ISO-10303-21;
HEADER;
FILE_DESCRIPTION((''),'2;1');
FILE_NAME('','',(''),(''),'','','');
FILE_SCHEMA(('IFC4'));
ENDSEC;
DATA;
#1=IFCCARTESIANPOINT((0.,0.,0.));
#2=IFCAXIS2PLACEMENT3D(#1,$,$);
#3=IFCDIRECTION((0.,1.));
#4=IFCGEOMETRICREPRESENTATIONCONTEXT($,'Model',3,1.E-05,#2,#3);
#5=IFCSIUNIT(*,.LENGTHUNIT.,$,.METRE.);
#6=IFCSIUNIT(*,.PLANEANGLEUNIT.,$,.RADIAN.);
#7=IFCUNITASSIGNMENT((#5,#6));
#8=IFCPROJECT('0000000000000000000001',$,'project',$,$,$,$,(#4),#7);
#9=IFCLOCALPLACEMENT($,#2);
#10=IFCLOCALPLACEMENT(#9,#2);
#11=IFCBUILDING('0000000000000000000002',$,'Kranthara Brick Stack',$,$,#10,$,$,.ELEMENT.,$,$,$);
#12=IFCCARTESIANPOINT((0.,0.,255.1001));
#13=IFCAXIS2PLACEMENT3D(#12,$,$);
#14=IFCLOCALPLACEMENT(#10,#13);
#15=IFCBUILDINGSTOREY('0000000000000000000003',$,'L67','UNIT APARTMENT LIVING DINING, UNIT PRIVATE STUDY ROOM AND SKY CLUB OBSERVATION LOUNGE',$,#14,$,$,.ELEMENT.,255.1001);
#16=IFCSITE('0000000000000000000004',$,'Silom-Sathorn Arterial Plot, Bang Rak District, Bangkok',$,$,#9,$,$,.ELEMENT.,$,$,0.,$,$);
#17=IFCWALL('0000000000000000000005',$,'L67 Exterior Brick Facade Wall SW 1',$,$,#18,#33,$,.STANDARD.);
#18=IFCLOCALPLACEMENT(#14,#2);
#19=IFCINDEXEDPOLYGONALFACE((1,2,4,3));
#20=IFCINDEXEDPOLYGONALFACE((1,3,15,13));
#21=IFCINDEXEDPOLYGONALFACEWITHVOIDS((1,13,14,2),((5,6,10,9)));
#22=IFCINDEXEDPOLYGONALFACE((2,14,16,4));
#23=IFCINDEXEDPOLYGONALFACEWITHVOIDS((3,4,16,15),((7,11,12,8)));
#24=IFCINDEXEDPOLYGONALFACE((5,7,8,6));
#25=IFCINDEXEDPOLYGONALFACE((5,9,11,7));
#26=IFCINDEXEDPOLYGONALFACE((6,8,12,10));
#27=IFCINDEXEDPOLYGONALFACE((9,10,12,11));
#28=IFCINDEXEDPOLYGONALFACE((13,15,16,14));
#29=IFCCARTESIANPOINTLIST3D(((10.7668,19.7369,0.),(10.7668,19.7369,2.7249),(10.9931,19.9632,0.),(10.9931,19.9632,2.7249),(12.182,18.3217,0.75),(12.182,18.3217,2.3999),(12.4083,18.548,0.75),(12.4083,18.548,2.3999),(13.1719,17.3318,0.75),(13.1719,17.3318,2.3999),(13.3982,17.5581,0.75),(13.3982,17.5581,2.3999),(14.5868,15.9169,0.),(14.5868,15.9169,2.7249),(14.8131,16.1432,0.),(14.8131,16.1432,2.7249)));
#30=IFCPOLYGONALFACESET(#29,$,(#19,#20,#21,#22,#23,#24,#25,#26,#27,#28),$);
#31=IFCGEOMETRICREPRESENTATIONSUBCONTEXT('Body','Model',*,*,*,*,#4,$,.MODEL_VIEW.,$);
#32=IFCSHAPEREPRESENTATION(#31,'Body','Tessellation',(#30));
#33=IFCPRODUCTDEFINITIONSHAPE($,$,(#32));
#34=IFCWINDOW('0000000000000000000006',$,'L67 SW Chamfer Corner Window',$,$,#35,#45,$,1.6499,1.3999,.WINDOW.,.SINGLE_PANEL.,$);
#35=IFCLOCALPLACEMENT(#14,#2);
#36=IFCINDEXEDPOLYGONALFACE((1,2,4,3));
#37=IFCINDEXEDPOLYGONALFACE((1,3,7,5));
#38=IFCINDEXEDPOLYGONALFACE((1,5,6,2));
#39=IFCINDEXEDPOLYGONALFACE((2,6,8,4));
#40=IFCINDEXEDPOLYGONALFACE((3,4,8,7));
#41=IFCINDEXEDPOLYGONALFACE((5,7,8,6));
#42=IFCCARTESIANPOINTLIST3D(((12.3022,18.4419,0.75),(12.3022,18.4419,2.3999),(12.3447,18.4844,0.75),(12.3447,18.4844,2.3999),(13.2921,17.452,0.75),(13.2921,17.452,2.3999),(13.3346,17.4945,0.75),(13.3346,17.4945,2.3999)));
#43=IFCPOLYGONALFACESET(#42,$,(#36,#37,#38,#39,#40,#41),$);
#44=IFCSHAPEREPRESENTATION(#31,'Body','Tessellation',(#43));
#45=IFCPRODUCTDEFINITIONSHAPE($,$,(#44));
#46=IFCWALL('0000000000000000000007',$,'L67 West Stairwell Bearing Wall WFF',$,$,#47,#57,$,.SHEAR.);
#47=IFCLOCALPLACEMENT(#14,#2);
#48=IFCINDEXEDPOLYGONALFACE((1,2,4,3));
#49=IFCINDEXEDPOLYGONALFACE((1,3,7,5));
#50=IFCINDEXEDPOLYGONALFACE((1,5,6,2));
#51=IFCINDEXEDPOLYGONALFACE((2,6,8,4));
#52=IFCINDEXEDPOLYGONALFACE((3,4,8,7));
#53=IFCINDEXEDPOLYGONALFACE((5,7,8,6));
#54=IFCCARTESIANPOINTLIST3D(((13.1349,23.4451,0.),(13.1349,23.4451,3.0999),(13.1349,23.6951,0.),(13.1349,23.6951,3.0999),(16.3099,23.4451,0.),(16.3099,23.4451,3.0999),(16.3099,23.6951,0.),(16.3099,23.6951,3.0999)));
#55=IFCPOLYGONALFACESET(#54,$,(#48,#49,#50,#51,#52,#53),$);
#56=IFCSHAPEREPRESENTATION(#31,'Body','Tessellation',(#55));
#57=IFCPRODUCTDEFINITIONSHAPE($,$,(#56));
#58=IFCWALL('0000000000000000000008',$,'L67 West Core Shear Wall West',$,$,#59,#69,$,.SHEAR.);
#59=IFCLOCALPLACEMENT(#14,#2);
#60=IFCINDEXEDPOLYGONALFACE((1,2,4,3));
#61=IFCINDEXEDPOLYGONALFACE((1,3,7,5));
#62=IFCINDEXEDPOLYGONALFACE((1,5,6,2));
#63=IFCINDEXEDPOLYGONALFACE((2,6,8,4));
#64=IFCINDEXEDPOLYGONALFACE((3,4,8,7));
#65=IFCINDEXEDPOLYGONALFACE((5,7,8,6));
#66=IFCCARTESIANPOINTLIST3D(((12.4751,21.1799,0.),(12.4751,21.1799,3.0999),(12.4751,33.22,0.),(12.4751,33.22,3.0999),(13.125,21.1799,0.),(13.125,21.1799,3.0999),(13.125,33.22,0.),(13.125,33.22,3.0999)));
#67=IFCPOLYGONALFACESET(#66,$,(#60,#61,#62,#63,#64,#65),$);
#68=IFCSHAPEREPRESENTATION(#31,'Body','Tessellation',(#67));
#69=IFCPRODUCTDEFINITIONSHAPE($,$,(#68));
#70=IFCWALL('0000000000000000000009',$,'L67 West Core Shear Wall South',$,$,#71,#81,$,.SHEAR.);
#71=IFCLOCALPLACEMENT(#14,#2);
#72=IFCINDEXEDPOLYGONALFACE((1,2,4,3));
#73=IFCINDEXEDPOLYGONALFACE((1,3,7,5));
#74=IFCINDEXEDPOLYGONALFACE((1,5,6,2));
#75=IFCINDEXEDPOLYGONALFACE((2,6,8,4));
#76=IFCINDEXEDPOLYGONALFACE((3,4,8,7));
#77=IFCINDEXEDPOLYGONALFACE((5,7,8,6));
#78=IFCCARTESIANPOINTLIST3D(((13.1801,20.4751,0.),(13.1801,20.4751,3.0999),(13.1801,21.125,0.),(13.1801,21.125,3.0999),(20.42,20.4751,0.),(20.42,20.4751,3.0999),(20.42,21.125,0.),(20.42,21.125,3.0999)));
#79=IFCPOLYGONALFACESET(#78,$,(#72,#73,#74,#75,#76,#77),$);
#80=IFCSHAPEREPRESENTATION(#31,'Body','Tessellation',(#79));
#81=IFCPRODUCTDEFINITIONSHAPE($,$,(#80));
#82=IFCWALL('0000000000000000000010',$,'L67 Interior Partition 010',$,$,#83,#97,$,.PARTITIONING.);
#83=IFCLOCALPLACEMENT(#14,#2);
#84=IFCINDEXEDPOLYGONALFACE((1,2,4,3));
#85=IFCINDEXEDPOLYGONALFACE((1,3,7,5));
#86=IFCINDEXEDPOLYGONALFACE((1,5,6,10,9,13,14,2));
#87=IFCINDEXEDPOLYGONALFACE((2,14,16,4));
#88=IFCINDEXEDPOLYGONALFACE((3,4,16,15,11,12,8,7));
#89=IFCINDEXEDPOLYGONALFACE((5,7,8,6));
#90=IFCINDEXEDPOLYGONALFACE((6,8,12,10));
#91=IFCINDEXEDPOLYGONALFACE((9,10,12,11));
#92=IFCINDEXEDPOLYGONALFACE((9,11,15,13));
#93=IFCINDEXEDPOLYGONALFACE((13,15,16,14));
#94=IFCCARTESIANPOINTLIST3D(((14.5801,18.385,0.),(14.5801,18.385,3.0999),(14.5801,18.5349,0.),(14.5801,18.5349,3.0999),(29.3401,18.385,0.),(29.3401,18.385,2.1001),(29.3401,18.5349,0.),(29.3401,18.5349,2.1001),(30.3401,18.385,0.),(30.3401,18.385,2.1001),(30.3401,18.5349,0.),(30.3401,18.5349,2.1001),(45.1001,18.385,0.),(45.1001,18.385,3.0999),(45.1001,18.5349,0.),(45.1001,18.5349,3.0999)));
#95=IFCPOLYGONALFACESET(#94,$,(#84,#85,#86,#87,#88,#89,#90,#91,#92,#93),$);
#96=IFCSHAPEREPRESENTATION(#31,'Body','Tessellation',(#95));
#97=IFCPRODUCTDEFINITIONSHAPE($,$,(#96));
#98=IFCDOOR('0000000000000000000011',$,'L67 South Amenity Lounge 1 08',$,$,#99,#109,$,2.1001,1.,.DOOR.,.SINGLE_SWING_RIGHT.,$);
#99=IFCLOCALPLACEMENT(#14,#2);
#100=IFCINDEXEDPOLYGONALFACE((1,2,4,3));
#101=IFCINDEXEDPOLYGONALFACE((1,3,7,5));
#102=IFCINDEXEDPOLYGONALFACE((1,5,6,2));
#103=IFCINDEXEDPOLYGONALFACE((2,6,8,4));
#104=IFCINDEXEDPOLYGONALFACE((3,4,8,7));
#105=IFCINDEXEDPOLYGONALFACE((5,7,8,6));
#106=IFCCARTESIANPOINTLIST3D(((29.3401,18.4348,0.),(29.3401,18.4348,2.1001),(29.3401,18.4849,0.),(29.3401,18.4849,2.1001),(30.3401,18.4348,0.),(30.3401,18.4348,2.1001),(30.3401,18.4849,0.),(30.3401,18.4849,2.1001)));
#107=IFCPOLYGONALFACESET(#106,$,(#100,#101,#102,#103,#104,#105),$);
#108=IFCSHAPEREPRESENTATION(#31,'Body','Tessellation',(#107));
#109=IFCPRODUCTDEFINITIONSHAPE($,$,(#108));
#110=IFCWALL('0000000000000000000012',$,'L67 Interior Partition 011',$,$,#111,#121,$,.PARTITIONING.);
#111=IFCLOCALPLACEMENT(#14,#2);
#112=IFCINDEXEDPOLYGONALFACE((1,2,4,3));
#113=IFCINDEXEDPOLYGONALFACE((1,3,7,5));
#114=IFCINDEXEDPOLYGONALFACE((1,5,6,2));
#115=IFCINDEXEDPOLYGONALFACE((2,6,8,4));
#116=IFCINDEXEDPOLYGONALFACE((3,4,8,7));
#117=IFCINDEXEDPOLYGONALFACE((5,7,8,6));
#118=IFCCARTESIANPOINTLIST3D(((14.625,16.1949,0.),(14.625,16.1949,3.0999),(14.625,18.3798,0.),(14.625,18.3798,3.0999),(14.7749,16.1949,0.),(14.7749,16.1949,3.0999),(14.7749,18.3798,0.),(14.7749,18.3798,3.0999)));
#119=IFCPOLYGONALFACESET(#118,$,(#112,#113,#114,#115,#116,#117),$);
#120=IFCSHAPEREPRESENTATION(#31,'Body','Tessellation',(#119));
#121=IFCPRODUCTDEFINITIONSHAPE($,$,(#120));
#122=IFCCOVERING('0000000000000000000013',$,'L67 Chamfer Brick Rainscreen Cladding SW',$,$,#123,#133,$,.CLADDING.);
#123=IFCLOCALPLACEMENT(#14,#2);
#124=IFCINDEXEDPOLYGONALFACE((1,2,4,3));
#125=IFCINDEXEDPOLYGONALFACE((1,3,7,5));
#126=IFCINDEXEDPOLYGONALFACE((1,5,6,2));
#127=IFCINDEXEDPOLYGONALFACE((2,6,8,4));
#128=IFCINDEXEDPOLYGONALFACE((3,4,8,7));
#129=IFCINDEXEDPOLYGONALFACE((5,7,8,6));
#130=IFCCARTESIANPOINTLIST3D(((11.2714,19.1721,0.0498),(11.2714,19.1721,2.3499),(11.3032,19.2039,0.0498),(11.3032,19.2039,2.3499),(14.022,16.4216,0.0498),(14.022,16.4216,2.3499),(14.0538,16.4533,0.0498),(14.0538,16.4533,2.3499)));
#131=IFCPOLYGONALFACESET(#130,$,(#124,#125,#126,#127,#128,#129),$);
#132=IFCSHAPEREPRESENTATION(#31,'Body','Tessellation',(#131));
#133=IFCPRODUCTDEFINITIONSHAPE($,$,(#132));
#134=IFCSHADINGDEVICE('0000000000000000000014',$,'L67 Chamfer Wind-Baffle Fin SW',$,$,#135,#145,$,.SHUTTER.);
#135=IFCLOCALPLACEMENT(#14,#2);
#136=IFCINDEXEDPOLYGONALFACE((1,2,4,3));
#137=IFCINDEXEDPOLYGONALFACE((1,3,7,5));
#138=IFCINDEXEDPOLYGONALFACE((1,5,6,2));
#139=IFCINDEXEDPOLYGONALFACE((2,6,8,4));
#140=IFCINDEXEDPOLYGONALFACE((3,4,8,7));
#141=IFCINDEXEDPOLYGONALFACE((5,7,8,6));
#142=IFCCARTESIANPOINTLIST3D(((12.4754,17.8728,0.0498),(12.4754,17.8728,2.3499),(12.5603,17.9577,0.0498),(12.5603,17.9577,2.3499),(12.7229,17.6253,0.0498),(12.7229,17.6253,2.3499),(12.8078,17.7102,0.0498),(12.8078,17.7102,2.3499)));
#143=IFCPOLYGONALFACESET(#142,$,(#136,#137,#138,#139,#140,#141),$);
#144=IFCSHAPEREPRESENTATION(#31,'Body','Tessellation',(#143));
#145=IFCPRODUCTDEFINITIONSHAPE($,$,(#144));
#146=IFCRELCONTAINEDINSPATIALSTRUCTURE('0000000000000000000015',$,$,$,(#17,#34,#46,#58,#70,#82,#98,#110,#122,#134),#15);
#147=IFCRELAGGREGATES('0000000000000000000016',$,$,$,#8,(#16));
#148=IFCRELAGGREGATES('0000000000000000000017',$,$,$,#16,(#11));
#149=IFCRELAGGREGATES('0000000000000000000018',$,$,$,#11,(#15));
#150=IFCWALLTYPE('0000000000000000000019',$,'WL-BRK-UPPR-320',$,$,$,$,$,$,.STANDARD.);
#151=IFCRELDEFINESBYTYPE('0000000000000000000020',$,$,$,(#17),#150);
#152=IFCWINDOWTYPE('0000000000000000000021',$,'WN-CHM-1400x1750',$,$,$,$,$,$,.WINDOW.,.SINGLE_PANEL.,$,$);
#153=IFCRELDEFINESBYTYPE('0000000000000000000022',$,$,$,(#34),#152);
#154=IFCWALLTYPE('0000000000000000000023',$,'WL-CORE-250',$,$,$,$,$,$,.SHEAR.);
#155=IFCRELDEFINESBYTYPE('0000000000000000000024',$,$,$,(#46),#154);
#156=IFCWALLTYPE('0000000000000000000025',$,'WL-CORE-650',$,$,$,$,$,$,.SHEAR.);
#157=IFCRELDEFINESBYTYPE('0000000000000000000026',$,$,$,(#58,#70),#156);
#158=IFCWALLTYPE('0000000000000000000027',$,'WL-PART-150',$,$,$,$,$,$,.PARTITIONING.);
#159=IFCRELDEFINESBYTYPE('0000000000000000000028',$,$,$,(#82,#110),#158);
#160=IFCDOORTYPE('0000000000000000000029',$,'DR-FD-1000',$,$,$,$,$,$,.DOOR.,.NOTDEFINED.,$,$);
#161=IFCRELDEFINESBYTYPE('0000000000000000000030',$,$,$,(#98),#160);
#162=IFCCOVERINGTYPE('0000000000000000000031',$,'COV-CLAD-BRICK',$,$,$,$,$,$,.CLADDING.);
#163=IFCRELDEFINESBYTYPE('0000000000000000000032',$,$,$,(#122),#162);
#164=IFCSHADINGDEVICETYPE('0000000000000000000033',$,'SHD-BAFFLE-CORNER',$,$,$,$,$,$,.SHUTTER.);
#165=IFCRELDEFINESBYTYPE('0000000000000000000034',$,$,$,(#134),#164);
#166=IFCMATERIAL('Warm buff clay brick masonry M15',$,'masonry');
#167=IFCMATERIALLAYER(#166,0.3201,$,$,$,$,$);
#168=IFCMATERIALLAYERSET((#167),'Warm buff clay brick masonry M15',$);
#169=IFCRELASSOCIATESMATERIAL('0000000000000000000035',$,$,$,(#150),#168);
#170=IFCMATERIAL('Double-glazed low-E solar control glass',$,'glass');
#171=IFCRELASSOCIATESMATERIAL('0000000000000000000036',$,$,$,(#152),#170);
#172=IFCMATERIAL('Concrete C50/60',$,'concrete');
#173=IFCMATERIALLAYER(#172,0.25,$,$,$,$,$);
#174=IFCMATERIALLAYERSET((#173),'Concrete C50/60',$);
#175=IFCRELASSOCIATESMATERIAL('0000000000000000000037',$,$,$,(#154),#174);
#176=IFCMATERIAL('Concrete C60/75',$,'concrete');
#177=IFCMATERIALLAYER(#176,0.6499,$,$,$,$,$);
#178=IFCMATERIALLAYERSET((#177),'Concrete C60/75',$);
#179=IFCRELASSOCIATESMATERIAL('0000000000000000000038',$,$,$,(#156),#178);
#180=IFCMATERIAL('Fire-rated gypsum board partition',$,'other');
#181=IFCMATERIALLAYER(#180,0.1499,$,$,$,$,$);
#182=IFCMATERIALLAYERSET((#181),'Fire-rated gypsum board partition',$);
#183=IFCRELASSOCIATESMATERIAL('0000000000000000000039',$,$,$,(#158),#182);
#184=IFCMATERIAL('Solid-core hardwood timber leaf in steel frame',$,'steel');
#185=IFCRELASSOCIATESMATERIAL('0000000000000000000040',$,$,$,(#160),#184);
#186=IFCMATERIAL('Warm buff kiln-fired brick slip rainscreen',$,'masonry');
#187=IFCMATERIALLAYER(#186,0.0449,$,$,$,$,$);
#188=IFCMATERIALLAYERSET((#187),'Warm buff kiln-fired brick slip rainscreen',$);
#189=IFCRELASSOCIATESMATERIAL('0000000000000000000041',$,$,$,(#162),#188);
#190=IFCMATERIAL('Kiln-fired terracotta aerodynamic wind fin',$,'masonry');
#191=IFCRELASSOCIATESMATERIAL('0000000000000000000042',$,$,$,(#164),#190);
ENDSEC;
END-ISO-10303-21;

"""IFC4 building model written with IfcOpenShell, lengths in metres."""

from ifc_helpers import new_model, si_unit, direction, frame, frame_2d, origin, origin_2d, place, context, subcontext, project, spatial, rectangle, extrude, material, layer, layer_set, type_object, element, fill, save


model = new_model("IFC4")

# Units and contexts
model_context = context("Model", 3, precision=1e-05, world=origin(), true_north=direction((0.0, 1.0)))
body_context = subcontext(model_context, "Body", "Model", "MODEL_VIEW")
ifc_project = project(units=[si_unit("LENGTHUNIT", "METRE"), si_unit("PLANEANGLEUNIT", "RADIAN")], contexts=[model_context])

# Site, building, storey
site_placement = place(None, origin())
site = spatial("IfcSite", under=ifc_project, at=site_placement, Name="Silom-Sathorn Arterial Plot, Bang Rak District, Bangkok", CompositionType="ELEMENT", RefElevation=0.0)
building_placement = place(site_placement, origin())
building = spatial("IfcBuilding", under=site, at=building_placement, Name="Kranthara Brick Stack", CompositionType="ELEMENT")
storey_placement = place(building_placement, frame((0.0, 0.0, 255.1001)))
storey = spatial("IfcBuildingStorey", under=building, at=storey_placement, Name="L67", Description="UNIT APARTMENT LIVING DINING, UNIT PRIVATE STUDY ROOM AND SKY CLUB OBSERVATION LOUNGE", CompositionType="ELEMENT", Elevation=255.1001)

# Wall, opening, window
ifc_material_1 = material(Name="Warm buff clay brick masonry M15", Category="masonry")
ifc_layer_1 = layer(ifc_material_1, 0.3201)
ifc_layer_set_1 = layer_set([ifc_layer_1], Name="Warm buff clay brick masonry M15")
wall_type_1 = type_object("IfcWallType", Name="WL-BRK-UPPR-320", PredefinedType="STANDARD", material=ifc_layer_set_1)
wall_1_placement = place(storey_placement, frame((14.7, 16.03, 0.0), z_axis=(0.0, 0.0, 1.0), x_axis=(-0.707107, 0.707107, 0.0)))
wall_1 = element("IfcWall", 1, at=wall_1_placement, inside=storey, type_object=wall_type_1, Name="L67 Exterior Brick Facade Wall SW 1", PredefinedType="STANDARD", context=body_context, shape_type="SweptSolid", body=[
    extrude(rectangle(XDim=5.4023, YDim=0.3201, at=frame_2d((2.7012, 0.0))), origin(), (0.0, 0.0, 1.0), 2.7249),
])
opening_1_placement = place(wall_1_placement, frame((2.001, 0.0, 0.75)))
opening_1 = element("IfcOpeningElement", 2, at=opening_1_placement, cuts=wall_1, PredefinedType="OPENING", context=body_context, shape_type="SweptSolid", body=[
    extrude(rectangle(XDim=1.3999, YDim=1.6499, at=frame_2d((0.7, 0.825))), frame((0.0, 0.1699, 0.0), z_axis=(0.0, -1.0, 0.0), x_axis=(1.0, 0.0, 0.0)), (0.0, 0.0, 1.0), 0.3401),
])
ifc_material_2 = material(Name="Double-glazed low-E solar control glass", Category="glass")
window_type = type_object("IfcWindowType", Name="WN-CHM-1400x1750", PartitioningType="SINGLE_PANEL", PredefinedType="WINDOW", material=ifc_material_2)
window_placement = place(opening_1_placement, origin())
window = element("IfcWindow", 3, at=window_placement, inside=storey, type_object=window_type, Name="L67 SW Chamfer Corner Window", OverallHeight=1.6499, OverallWidth=1.3999, PartitioningType="SINGLE_PANEL", PredefinedType="WINDOW", context=body_context, shape_type="SweptSolid", body=[
    extrude(rectangle(XDim=1.3999, YDim=1.6499, at=frame_2d((0.7, 0.825))), frame((0.0, -0.01, 0.0), z_axis=(0.0, -1.0, 0.0), x_axis=(1.0, 0.0, 0.0)), (0.0, 0.0, 1.0), 0.0601),
])
fill(opening_1, window)

# Shared definitions
ifc_material_3 = material(Name="Concrete C50/60", Category="concrete")
ifc_layer_2 = layer(ifc_material_3, 0.25)
ifc_layer_set_2 = layer_set([ifc_layer_2], Name="Concrete C50/60")
wall_type_2 = type_object("IfcWallType", Name="WL-CORE-250", PredefinedType="SHEAR", material=ifc_layer_set_2)

# Walls
wall_2_placement = place(storey_placement, frame((13.135, 23.5701, 0.0), z_axis=(0.0, 0.0, 1.0), x_axis=(1.0, 0.0, 0.0)))
element("IfcWall", 4, at=wall_2_placement, inside=storey, type_object=wall_type_2, Name="L67 West Stairwell Bearing Wall WFF", PredefinedType="SHEAR", context=body_context, shape_type="SweptSolid", body=[
    extrude(rectangle(XDim=3.175, YDim=0.25, at=frame_2d((1.5874, 0.0))), origin(), (0.0, 0.0, 1.0), 3.0999),
])
ifc_material_4 = material(Name="Concrete C60/75", Category="concrete")
ifc_layer_3 = layer(ifc_material_4, 0.6499)
ifc_layer_set_3 = layer_set([ifc_layer_3], Name="Concrete C60/75")
wall_type_3 = type_object("IfcWallType", Name="WL-CORE-650", PredefinedType="SHEAR", material=ifc_layer_set_3)
wall_3_placement = place(storey_placement, frame((12.8, 21.1799, 0.0), z_axis=(0.0, 0.0, 1.0), x_axis=(0.0, 1.0, 0.0)))
element("IfcWall", 5, at=wall_3_placement, inside=storey, type_object=wall_type_3, Name="L67 West Core Shear Wall West", PredefinedType="SHEAR", context=body_context, shape_type="SweptSolid", body=[
    extrude(rectangle(XDim=12.04, YDim=0.6499, at=frame_2d((6.02, 0.0))), origin(), (0.0, 0.0, 1.0), 3.0999),
])
wall_4_placement = place(storey_placement, frame((13.1799, 20.8, 0.0), z_axis=(0.0, 0.0, 1.0), x_axis=(1.0, 0.0, 0.0)))
element("IfcWall", 6, at=wall_4_placement, inside=storey, type_object=wall_type_3, Name="L67 West Core Shear Wall South", PredefinedType="SHEAR", context=body_context, shape_type="SweptSolid", body=[
    extrude(rectangle(XDim=7.24, YDim=0.6499, at=frame_2d((3.6201, 0.0))), origin(), (0.0, 0.0, 1.0), 3.0999),
])

# Wall, opening, door
ifc_material_5 = material(Name="Fire-rated gypsum board partition", Category="other")
ifc_layer_4 = layer(ifc_material_5, 0.1499)
ifc_layer_set_4 = layer_set([ifc_layer_4], Name="Fire-rated gypsum board partition")
wall_type_4 = type_object("IfcWallType", Name="WL-PART-150", PredefinedType="PARTITIONING", material=ifc_layer_set_4)
wall_5_placement = place(storey_placement, frame((14.5801, 18.46, 0.0), z_axis=(0.0, 0.0, 1.0), x_axis=(1.0, 0.0, 0.0)))
wall_5 = element("IfcWall", 7, at=wall_5_placement, inside=storey, type_object=wall_type_4, Name="L67 Interior Partition 010", PredefinedType="PARTITIONING", context=body_context, shape_type="SweptSolid", body=[
    extrude(rectangle(XDim=30.52, YDim=0.1499, at=frame_2d((15.26, 0.0))), origin(), (0.0, 0.0, 1.0), 3.0999),
])
opening_2_placement = place(wall_5_placement, frame((14.76, 0.0, 0.0)))
opening_2 = element("IfcOpeningElement", 8, at=opening_2_placement, cuts=wall_5, PredefinedType="OPENING", context=body_context, shape_type="SweptSolid", body=[
    extrude(rectangle(XDim=1.0, YDim=2.1001, at=frame_2d((0.5, 1.05))), frame((0.0, 0.085, 0.0), z_axis=(0.0, -1.0, 0.0), x_axis=(1.0, 0.0, 0.0)), (0.0, 0.0, 1.0), 0.1699),
])
ifc_material_6 = material(Name="Solid-core hardwood timber leaf in steel frame", Category="steel")
door_type_1 = type_object("IfcDoorType", Name="DR-FD-1000", OperationType="NOTDEFINED", PredefinedType="DOOR", material=ifc_material_6)
door_1_placement = place(opening_2_placement, origin())
door_1 = element("IfcDoor", 9, at=door_1_placement, inside=storey, type_object=door_type_1, Name="L67 South Amenity Lounge 1 08", OperationType="SINGLE_SWING_RIGHT", OverallHeight=2.1001, OverallWidth=1.0, PredefinedType="DOOR", context=body_context, shape_type="SweptSolid", body=[
    extrude(rectangle(XDim=1.0, YDim=2.1001, at=frame_2d((0.5, 1.05))), frame((0.0, 0.0249, 0.0), z_axis=(0.0, -1.0, 0.0), x_axis=(1.0, 0.0, 0.0)), (0.0, 0.0, 1.0), 0.05),
])
fill(opening_2, door_1)

# Wall
wall_6_placement = place(storey_placement, frame((14.7, 16.1951, 0.0), z_axis=(0.0, 0.0, 1.0), x_axis=(0.0, 1.0, 0.0)))
element("IfcWall", 10, at=wall_6_placement, inside=storey, type_object=wall_type_4, Name="L67 Interior Partition 011", PredefinedType="PARTITIONING", context=body_context, shape_type="SweptSolid", body=[
    extrude(rectangle(XDim=2.1848, YDim=0.1499, at=frame_2d((1.0923, 0.0))), origin(), (0.0, 0.0, 1.0), 3.0999),
])

# Covering
ifc_material_7 = material(Name="Warm buff kiln-fired brick slip rainscreen", Category="masonry")
ifc_layer_5 = layer(ifc_material_7, 0.0449)
ifc_layer_set_5 = layer_set([ifc_layer_5], Name="Warm buff kiln-fired brick slip rainscreen")
covering_type = type_object("IfcCoveringType", Name="COV-CLAD-BRICK", PredefinedType="CLADDING", material=ifc_layer_set_5)
covering_placement = place(storey_placement, frame((12.6626, 17.8127, 0.0498), z_axis=(0.0, 0.0, 1.0), x_axis=(-0.707107, 0.707107, 0.0)))
element("IfcCovering", 11, at=covering_placement, inside=storey, type_object=covering_type, Name="L67 Chamfer Brick Rainscreen Cladding SW", PredefinedType="CLADDING", context=body_context, shape_type="SweptSolid", body=[
    extrude(rectangle(XDim=3.8899, YDim=0.0449, at=origin_2d()), origin(), (0.0, 0.0, 1.0), 2.3),
])

# Shading device
ifc_material_8 = material(Name="Kiln-fired terracotta aerodynamic wind fin", Category="masonry")
shading_device_type = type_object("IfcShadingDeviceType", Name="SHD-BAFFLE-CORNER", PredefinedType="SHUTTER", material=ifc_material_8)
shading_device_placement = place(storey_placement, frame((12.6416, 17.7915, 0.0498), z_axis=(0.0, 0.0, 1.0), x_axis=(-0.707107, 0.707107, 0.0)))
element("IfcShadingDevice", 12, at=shading_device_placement, inside=storey, type_object=shading_device_type, Name="L67 Chamfer Wind-Baffle Fin SW", PredefinedType="SHUTTER", context=body_context, shape_type="SweptSolid", body=[
    extrude(rectangle(XDim=0.3501, YDim=0.1201, at=origin_2d()), origin(), (0.0, 0.0, 1.0), 2.3),
])

save(model, "model.ifc")
